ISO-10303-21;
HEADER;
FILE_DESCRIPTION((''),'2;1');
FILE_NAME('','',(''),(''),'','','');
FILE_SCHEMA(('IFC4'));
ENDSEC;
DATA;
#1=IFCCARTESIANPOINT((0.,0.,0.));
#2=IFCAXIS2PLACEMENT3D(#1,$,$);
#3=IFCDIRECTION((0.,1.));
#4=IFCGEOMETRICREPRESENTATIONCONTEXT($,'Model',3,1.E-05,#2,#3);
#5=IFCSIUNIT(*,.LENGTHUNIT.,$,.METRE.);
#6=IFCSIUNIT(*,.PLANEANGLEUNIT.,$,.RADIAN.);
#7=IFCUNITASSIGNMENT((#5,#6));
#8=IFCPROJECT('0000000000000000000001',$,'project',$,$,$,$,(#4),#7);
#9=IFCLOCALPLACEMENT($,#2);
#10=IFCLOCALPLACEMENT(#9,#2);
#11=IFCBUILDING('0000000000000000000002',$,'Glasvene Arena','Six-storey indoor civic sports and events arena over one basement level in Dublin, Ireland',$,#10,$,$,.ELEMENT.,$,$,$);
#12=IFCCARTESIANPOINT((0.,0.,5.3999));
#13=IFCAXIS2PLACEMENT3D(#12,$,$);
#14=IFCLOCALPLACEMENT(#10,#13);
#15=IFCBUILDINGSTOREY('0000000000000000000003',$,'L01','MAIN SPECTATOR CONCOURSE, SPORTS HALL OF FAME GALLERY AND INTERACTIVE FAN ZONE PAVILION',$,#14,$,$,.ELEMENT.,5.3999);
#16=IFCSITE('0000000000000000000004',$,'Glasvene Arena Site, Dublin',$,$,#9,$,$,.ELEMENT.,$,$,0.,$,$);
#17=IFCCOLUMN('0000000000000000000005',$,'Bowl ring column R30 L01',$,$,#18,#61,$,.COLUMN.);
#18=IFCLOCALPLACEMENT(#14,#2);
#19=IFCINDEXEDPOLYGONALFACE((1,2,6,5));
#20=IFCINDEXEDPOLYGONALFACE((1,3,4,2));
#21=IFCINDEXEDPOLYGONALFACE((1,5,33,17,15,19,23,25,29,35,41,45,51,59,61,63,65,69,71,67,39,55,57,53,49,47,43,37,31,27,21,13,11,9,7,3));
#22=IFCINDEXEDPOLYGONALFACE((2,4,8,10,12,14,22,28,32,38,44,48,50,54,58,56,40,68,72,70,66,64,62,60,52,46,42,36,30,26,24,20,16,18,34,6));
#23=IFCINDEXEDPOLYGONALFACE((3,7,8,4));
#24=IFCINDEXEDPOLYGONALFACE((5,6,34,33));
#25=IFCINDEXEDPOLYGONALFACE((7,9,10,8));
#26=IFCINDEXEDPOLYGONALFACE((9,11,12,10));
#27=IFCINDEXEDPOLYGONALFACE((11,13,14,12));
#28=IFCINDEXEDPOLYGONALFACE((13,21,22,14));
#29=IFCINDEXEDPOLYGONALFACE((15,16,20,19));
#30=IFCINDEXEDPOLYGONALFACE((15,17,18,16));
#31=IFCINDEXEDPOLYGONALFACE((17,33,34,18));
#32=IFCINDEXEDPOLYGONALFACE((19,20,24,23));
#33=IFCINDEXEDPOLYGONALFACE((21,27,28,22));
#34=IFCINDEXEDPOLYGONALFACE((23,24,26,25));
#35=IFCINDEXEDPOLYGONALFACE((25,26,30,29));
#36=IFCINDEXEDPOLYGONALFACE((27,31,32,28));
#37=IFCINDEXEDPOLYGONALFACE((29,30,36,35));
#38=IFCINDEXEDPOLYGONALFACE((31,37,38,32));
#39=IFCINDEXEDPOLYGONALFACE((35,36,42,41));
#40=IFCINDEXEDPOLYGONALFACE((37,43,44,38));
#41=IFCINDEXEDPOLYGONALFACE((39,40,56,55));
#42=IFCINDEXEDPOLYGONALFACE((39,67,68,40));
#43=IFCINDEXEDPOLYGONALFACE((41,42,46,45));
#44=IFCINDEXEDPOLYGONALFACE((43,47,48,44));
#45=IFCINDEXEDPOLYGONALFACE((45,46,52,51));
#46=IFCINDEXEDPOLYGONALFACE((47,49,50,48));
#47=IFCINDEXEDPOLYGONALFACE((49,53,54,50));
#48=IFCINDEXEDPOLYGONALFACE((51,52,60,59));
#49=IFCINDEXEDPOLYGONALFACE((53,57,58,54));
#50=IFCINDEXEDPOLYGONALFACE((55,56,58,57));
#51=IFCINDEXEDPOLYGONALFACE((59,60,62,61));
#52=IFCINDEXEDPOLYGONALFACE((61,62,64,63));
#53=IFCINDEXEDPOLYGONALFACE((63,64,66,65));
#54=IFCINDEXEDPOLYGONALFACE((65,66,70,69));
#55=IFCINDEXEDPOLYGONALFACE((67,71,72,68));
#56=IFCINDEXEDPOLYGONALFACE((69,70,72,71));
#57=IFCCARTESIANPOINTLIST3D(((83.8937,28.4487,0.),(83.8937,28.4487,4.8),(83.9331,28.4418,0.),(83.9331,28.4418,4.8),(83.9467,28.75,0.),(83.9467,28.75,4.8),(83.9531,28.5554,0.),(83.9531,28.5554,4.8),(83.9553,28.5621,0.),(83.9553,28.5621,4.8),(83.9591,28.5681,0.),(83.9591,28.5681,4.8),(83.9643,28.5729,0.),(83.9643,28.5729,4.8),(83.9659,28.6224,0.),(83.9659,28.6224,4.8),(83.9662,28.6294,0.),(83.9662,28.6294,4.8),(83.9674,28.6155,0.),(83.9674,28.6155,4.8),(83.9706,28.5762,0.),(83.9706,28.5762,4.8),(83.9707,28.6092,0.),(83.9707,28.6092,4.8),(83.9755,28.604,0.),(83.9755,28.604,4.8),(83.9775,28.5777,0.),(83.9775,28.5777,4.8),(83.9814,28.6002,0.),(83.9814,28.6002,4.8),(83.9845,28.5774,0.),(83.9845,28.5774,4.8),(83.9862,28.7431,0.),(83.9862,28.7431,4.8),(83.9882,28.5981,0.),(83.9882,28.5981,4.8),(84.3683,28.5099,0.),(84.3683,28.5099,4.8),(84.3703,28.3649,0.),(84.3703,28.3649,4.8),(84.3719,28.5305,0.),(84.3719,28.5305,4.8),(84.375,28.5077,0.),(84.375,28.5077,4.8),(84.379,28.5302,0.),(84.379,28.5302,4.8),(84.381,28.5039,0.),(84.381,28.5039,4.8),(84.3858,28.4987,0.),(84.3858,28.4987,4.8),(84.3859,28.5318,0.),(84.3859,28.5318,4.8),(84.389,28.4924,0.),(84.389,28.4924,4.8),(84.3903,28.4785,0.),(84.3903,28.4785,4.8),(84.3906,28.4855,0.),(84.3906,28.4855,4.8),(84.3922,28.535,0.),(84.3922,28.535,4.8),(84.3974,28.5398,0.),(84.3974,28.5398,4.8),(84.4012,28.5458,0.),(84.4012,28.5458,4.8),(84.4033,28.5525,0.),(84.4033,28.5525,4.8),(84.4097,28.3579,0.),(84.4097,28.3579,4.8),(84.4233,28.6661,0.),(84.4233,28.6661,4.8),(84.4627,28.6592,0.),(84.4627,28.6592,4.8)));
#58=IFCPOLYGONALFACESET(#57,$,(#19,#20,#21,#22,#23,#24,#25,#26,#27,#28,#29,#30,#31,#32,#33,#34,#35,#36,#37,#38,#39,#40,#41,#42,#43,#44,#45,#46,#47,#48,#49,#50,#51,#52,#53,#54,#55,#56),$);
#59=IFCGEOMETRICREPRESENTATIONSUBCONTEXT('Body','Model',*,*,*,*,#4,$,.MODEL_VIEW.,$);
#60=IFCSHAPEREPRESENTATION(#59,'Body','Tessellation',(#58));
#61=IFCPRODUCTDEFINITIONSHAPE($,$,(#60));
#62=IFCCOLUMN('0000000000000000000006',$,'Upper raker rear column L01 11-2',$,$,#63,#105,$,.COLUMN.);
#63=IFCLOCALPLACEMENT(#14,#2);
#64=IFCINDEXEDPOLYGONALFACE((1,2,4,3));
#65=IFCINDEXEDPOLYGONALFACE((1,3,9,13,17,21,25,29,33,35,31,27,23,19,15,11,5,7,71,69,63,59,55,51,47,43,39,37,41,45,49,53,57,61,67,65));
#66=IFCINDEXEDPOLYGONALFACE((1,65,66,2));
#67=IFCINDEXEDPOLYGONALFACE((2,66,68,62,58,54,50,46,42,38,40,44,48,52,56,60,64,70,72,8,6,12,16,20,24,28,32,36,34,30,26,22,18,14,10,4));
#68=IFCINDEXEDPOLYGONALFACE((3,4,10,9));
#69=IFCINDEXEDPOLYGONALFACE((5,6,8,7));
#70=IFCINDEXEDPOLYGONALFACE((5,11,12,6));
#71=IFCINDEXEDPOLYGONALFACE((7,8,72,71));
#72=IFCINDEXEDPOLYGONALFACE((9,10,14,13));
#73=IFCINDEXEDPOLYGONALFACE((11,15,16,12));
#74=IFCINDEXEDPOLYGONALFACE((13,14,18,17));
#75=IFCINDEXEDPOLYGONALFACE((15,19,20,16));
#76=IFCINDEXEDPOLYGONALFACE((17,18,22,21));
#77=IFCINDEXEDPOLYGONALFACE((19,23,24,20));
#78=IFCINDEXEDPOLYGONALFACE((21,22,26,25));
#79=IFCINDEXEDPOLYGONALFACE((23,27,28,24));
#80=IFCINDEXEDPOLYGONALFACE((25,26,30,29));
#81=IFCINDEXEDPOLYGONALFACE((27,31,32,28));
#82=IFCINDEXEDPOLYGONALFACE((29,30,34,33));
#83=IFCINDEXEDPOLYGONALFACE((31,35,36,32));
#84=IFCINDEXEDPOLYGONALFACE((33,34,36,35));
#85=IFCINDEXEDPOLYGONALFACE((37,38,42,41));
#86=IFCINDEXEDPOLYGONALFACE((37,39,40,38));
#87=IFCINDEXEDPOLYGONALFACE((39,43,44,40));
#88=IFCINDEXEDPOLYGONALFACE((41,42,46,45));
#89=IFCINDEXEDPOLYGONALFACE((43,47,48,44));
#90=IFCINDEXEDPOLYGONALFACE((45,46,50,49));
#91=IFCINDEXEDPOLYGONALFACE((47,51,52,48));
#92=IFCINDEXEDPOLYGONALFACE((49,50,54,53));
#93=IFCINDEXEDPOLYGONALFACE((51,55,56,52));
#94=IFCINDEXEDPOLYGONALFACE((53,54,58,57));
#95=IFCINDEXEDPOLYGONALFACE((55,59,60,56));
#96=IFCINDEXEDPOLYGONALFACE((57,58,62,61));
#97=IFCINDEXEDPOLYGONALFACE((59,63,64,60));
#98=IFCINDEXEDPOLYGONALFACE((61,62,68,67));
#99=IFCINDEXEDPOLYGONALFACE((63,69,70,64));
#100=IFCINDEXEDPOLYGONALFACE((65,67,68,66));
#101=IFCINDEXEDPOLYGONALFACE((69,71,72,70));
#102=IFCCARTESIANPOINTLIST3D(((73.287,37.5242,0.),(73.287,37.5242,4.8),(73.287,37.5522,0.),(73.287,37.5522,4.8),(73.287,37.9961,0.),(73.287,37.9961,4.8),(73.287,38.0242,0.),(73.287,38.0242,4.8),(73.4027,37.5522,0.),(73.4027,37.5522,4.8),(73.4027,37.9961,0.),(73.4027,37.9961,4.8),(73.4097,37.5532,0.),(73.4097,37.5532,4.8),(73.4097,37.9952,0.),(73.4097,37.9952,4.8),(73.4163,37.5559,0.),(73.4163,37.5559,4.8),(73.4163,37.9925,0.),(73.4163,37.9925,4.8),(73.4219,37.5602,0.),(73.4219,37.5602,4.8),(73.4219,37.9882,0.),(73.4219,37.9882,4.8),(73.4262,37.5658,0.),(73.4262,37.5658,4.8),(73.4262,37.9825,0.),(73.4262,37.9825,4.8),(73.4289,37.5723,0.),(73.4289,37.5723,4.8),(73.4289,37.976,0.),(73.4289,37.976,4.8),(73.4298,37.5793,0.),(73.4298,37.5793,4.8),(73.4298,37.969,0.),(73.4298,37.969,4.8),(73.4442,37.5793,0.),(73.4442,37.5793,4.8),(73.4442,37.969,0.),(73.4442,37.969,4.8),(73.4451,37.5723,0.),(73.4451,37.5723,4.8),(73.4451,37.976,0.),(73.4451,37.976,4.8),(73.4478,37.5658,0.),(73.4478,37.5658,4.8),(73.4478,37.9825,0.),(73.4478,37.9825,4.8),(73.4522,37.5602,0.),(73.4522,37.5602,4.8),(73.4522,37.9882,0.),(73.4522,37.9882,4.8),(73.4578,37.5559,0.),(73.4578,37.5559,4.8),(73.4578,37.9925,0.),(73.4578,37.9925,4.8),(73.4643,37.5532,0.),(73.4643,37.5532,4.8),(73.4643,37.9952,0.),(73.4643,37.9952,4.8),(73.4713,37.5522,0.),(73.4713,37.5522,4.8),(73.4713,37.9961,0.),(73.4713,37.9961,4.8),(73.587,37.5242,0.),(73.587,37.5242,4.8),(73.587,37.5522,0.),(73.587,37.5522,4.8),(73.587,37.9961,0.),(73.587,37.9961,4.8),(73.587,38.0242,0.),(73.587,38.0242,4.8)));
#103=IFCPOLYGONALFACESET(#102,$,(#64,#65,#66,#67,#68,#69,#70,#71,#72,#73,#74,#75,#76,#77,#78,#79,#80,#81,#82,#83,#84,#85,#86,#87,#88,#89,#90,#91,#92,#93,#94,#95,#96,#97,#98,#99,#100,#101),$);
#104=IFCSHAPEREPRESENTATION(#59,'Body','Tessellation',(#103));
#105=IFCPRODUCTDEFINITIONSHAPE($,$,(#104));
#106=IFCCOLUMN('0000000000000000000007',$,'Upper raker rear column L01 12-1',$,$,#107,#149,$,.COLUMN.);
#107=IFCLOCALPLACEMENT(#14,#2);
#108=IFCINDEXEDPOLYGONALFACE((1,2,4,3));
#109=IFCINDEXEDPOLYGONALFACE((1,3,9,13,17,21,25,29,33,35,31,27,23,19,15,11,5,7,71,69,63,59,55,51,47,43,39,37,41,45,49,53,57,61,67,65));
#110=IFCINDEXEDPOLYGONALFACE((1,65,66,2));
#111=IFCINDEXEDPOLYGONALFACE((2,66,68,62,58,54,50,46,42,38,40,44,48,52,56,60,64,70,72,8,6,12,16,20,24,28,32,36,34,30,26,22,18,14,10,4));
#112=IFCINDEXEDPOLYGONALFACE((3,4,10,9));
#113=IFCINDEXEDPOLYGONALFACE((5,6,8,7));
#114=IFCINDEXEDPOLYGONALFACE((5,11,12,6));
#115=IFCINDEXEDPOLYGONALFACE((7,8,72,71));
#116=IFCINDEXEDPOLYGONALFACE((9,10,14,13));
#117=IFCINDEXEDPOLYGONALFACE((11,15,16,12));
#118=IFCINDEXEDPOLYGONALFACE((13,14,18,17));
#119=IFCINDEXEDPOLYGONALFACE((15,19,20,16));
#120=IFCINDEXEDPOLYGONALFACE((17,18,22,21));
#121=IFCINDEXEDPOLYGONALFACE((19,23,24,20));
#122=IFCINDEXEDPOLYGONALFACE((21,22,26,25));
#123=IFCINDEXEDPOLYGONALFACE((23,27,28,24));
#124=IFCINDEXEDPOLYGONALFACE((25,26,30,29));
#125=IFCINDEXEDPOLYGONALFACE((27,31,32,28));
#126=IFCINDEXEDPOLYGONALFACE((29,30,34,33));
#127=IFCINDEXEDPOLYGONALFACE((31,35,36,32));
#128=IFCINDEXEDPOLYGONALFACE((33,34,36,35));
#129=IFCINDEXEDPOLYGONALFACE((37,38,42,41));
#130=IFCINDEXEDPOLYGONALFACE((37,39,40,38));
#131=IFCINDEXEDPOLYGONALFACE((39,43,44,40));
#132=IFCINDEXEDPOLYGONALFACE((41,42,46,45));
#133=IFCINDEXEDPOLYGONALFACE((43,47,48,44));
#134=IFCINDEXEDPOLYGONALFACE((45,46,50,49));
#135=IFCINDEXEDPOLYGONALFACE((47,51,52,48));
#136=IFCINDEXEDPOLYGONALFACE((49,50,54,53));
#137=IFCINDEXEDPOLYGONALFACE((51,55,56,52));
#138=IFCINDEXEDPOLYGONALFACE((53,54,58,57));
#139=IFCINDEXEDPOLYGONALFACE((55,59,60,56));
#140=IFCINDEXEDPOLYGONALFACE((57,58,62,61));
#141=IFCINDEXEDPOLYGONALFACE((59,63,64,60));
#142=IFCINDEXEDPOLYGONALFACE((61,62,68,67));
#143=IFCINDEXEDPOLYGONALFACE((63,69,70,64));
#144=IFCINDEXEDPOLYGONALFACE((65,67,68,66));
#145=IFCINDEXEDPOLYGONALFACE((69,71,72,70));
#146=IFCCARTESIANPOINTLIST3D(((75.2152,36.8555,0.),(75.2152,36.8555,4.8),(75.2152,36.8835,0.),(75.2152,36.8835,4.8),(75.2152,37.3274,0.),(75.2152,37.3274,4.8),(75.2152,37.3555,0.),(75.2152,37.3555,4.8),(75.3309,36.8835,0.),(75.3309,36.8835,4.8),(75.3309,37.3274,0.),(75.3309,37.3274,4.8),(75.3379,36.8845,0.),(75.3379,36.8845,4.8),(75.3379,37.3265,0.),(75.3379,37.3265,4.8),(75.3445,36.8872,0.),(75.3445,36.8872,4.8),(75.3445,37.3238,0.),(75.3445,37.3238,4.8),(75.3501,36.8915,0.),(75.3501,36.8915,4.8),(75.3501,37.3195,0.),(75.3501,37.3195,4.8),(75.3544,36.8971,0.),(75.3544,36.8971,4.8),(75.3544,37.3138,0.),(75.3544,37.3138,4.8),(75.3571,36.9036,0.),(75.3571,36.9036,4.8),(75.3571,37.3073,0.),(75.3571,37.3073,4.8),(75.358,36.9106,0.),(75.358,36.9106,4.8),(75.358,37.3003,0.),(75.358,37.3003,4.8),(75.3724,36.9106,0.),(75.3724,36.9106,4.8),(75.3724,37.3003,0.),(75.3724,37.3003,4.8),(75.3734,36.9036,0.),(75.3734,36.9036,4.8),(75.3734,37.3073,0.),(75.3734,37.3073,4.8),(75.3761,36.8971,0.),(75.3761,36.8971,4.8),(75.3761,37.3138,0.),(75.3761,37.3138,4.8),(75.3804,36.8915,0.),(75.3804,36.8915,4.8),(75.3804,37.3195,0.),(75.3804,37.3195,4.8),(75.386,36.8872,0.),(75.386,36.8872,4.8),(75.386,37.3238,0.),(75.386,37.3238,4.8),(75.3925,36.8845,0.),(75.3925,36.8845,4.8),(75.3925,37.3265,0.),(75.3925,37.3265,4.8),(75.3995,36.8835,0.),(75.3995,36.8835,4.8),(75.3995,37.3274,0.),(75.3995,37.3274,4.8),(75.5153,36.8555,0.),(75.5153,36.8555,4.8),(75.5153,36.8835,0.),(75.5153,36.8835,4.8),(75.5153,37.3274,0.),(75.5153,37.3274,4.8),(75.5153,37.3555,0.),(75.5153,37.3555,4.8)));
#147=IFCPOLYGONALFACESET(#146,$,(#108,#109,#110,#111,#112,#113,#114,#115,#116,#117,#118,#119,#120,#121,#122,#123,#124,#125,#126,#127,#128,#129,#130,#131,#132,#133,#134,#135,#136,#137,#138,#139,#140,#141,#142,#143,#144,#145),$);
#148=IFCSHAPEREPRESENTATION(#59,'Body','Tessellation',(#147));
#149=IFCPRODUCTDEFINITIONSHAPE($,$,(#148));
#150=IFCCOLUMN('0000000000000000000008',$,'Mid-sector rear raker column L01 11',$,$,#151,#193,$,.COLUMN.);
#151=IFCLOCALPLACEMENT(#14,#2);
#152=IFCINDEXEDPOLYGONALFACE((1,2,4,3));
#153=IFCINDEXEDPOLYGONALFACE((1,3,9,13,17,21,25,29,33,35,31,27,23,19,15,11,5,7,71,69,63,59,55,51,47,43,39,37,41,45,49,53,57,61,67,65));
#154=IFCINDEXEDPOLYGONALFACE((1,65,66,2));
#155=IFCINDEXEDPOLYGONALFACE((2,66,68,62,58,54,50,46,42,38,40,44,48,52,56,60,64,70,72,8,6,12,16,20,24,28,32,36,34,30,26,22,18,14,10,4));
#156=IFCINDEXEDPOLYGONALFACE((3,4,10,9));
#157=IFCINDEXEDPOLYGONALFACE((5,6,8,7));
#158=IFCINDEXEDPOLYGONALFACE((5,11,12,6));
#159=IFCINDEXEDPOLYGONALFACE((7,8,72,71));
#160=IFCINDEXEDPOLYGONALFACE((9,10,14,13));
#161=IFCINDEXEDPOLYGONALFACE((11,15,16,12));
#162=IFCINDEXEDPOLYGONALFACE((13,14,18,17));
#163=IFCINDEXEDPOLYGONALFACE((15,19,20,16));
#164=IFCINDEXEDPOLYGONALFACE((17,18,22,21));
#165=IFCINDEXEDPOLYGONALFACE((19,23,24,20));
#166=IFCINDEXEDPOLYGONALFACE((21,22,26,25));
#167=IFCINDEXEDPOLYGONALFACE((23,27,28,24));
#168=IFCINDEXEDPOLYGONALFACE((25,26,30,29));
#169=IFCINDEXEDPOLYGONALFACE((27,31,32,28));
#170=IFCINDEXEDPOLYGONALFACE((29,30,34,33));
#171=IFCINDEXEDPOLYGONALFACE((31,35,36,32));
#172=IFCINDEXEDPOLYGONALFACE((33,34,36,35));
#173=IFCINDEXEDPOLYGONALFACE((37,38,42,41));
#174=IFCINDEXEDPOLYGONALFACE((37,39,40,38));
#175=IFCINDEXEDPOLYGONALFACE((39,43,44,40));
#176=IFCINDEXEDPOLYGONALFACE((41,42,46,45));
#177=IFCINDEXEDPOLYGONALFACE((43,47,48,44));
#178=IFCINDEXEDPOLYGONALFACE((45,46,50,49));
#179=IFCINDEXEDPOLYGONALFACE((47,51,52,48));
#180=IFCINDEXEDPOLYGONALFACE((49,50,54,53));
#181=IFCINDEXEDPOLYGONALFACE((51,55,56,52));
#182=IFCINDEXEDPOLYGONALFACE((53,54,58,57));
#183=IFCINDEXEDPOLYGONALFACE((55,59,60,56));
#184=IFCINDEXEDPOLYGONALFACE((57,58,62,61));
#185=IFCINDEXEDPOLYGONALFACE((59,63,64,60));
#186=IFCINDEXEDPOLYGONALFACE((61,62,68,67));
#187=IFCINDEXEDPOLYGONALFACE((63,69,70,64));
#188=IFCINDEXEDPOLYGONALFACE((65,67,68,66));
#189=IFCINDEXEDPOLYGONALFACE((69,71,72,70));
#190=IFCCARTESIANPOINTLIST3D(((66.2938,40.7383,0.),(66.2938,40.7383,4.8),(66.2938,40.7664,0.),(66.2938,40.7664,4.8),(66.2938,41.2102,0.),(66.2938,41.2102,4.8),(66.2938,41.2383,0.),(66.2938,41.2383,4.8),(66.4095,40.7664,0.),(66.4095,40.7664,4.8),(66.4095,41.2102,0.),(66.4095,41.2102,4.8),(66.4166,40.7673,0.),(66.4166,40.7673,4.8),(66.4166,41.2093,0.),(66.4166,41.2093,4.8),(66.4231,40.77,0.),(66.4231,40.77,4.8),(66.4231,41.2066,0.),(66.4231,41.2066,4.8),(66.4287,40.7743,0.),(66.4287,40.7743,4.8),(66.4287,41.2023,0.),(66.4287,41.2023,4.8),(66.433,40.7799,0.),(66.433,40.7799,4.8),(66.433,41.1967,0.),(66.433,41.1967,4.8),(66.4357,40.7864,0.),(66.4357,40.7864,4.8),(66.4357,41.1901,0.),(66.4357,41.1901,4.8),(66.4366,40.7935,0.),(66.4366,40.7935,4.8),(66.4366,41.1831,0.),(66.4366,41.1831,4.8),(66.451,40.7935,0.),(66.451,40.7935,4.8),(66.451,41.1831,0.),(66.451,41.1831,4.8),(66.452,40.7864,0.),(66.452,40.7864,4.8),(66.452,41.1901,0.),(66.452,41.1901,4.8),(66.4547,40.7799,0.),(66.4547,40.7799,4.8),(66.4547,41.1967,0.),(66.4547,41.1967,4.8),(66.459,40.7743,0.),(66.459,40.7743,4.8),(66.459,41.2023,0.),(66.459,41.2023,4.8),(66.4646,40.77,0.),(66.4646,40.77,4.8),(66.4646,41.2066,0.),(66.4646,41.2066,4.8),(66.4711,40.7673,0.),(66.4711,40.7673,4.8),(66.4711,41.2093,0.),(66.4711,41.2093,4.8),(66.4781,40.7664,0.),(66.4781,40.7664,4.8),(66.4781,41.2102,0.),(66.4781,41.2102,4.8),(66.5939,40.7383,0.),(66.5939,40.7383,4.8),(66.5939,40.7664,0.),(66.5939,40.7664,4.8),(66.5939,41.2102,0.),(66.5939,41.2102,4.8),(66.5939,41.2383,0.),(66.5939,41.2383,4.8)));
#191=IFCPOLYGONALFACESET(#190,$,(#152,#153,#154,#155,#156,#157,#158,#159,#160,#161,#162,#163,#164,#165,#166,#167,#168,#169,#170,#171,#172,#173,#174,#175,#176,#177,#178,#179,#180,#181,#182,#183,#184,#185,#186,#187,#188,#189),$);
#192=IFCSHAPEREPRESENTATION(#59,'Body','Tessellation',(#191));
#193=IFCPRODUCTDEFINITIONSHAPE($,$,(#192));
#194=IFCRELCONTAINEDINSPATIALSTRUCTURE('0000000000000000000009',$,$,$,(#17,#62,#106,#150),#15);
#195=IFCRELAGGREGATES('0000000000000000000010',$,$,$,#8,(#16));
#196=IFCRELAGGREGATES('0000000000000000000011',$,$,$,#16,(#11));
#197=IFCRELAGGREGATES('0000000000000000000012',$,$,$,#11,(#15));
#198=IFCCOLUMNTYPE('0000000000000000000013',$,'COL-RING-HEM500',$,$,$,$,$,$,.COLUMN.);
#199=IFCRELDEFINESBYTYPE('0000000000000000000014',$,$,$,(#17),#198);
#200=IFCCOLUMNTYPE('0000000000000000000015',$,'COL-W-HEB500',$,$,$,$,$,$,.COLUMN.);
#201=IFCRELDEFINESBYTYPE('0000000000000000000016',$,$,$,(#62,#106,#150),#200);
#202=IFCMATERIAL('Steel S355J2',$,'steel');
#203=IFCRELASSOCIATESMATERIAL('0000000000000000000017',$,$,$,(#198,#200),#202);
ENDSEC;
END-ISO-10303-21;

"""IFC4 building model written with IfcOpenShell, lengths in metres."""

from ifc_helpers import new_model, si_unit, direction, frame, origin, origin_2d, place, context, subcontext, project, spatial, i_section, extrude, material, material_profile, profile_set, type_object, element, save


model = new_model("IFC4")

# Units and contexts
model_context = context("Model", 3, precision=1e-05, world=origin(), true_north=direction((0.0, 1.0)))
body_context = subcontext(model_context, "Body", "Model", "MODEL_VIEW")
ifc_project = project(units=[si_unit("LENGTHUNIT", "METRE"), si_unit("PLANEANGLEUNIT", "RADIAN")], contexts=[model_context])

# Site, building, storey
site_placement = place(None, origin())
site = spatial("IfcSite", under=ifc_project, at=site_placement, Name="Glasvene Arena Site, Dublin", CompositionType="ELEMENT", RefElevation=0.0)
building_placement = place(site_placement, origin())
building = spatial("IfcBuilding", under=site, at=building_placement, Name="Glasvene Arena", Description="Six-storey indoor civic sports and events arena over one basement level in Dublin, Ireland", CompositionType="ELEMENT")
storey_placement = place(building_placement, frame((0.0, 0.0, 5.3999)))
storey = spatial("IfcBuildingStorey", under=building, at=storey_placement, Name="L01", Description="MAIN SPECTATOR CONCOURSE, SPORTS HALL OF FAME GALLERY AND INTERACTIVE FAN ZONE PAVILION", CompositionType="ELEMENT", Elevation=5.3999)

# Columns
ifc_material_1 = material(Name="Steel S355J2", Category="steel")
ifc_material_profile_1 = material_profile(ifc_material_1, i_section(OverallWidth=0.3059, OverallDepth=0.5239, WebThickness=0.021, FlangeThickness=0.04, FilletRadius=0.0271, at=origin_2d()), Name="HEM 500")
ifc_profile_set_1 = profile_set([ifc_material_profile_1], Name="Steel S355J2")
column_type_1 = type_object("IfcColumnType", Name="COL-RING-HEM500", PredefinedType="COLUMN", material=ifc_profile_set_1)
for number, where, z_axis, x_axis, name in (
    (1, (84.1782, 28.554, 0.0), (0.0, 0.0, 1.0), (-0.173304, -0.984868, 0.0), "Bowl ring column R30 L01"),
):
    element("IfcColumn", number, at=place(storey_placement, frame(where, z_axis=z_axis, x_axis=x_axis)), inside=storey, type_object=column_type_1, Name=name, PredefinedType="COLUMN", context=body_context, shape_type="SweptSolid", body=[
        extrude(i_section(OverallWidth=0.3059, OverallDepth=0.5239, WebThickness=0.021, FlangeThickness=0.04, FilletRadius=0.0271, at=origin_2d()), origin(), (0.0, 0.0, 1.0), 4.8),
    ])
ifc_material_profile_2 = material_profile(ifc_material_1, i_section(OverallWidth=0.3, OverallDepth=0.5, WebThickness=0.0144, FlangeThickness=0.0281, FilletRadius=0.0271, at=origin_2d()), Name="HEB 500")
ifc_profile_set_2 = profile_set([ifc_material_profile_2], Name="Steel S355J2")
column_type_2 = type_object("IfcColumnType", Name="COL-W-HEB500", PredefinedType="COLUMN", material=ifc_profile_set_2)
for number, where, z_axis, x_axis, name in (
    (2, (73.437, 37.7742, 0.0), (0.0, 0.0, 1.0), (1.0, 0.0, 0.0), "Upper raker rear column L01 11-2"),
    (3, (75.3652, 37.1055, 0.0), (0.0, 0.0, 1.0), (1.0, 0.0, 0.0), "Upper raker rear column L01 12-1"),
    (4, (66.4438, 40.9883, 0.0), (0.0, 0.0, 1.0), (1.0, 0.0, 0.0), "Mid-sector rear raker column L01 11"),
):
    element("IfcColumn", number, at=place(storey_placement, frame(where, z_axis=z_axis, x_axis=x_axis)), inside=storey, type_object=column_type_2, Name=name, PredefinedType="COLUMN", context=body_context, shape_type="SweptSolid", body=[
        extrude(i_section(OverallWidth=0.3, OverallDepth=0.5, WebThickness=0.0144, FlangeThickness=0.0281, FilletRadius=0.0271, at=origin_2d()), origin(), (0.0, 0.0, 1.0), 4.8),
    ])

save(model, "model.ifc")
